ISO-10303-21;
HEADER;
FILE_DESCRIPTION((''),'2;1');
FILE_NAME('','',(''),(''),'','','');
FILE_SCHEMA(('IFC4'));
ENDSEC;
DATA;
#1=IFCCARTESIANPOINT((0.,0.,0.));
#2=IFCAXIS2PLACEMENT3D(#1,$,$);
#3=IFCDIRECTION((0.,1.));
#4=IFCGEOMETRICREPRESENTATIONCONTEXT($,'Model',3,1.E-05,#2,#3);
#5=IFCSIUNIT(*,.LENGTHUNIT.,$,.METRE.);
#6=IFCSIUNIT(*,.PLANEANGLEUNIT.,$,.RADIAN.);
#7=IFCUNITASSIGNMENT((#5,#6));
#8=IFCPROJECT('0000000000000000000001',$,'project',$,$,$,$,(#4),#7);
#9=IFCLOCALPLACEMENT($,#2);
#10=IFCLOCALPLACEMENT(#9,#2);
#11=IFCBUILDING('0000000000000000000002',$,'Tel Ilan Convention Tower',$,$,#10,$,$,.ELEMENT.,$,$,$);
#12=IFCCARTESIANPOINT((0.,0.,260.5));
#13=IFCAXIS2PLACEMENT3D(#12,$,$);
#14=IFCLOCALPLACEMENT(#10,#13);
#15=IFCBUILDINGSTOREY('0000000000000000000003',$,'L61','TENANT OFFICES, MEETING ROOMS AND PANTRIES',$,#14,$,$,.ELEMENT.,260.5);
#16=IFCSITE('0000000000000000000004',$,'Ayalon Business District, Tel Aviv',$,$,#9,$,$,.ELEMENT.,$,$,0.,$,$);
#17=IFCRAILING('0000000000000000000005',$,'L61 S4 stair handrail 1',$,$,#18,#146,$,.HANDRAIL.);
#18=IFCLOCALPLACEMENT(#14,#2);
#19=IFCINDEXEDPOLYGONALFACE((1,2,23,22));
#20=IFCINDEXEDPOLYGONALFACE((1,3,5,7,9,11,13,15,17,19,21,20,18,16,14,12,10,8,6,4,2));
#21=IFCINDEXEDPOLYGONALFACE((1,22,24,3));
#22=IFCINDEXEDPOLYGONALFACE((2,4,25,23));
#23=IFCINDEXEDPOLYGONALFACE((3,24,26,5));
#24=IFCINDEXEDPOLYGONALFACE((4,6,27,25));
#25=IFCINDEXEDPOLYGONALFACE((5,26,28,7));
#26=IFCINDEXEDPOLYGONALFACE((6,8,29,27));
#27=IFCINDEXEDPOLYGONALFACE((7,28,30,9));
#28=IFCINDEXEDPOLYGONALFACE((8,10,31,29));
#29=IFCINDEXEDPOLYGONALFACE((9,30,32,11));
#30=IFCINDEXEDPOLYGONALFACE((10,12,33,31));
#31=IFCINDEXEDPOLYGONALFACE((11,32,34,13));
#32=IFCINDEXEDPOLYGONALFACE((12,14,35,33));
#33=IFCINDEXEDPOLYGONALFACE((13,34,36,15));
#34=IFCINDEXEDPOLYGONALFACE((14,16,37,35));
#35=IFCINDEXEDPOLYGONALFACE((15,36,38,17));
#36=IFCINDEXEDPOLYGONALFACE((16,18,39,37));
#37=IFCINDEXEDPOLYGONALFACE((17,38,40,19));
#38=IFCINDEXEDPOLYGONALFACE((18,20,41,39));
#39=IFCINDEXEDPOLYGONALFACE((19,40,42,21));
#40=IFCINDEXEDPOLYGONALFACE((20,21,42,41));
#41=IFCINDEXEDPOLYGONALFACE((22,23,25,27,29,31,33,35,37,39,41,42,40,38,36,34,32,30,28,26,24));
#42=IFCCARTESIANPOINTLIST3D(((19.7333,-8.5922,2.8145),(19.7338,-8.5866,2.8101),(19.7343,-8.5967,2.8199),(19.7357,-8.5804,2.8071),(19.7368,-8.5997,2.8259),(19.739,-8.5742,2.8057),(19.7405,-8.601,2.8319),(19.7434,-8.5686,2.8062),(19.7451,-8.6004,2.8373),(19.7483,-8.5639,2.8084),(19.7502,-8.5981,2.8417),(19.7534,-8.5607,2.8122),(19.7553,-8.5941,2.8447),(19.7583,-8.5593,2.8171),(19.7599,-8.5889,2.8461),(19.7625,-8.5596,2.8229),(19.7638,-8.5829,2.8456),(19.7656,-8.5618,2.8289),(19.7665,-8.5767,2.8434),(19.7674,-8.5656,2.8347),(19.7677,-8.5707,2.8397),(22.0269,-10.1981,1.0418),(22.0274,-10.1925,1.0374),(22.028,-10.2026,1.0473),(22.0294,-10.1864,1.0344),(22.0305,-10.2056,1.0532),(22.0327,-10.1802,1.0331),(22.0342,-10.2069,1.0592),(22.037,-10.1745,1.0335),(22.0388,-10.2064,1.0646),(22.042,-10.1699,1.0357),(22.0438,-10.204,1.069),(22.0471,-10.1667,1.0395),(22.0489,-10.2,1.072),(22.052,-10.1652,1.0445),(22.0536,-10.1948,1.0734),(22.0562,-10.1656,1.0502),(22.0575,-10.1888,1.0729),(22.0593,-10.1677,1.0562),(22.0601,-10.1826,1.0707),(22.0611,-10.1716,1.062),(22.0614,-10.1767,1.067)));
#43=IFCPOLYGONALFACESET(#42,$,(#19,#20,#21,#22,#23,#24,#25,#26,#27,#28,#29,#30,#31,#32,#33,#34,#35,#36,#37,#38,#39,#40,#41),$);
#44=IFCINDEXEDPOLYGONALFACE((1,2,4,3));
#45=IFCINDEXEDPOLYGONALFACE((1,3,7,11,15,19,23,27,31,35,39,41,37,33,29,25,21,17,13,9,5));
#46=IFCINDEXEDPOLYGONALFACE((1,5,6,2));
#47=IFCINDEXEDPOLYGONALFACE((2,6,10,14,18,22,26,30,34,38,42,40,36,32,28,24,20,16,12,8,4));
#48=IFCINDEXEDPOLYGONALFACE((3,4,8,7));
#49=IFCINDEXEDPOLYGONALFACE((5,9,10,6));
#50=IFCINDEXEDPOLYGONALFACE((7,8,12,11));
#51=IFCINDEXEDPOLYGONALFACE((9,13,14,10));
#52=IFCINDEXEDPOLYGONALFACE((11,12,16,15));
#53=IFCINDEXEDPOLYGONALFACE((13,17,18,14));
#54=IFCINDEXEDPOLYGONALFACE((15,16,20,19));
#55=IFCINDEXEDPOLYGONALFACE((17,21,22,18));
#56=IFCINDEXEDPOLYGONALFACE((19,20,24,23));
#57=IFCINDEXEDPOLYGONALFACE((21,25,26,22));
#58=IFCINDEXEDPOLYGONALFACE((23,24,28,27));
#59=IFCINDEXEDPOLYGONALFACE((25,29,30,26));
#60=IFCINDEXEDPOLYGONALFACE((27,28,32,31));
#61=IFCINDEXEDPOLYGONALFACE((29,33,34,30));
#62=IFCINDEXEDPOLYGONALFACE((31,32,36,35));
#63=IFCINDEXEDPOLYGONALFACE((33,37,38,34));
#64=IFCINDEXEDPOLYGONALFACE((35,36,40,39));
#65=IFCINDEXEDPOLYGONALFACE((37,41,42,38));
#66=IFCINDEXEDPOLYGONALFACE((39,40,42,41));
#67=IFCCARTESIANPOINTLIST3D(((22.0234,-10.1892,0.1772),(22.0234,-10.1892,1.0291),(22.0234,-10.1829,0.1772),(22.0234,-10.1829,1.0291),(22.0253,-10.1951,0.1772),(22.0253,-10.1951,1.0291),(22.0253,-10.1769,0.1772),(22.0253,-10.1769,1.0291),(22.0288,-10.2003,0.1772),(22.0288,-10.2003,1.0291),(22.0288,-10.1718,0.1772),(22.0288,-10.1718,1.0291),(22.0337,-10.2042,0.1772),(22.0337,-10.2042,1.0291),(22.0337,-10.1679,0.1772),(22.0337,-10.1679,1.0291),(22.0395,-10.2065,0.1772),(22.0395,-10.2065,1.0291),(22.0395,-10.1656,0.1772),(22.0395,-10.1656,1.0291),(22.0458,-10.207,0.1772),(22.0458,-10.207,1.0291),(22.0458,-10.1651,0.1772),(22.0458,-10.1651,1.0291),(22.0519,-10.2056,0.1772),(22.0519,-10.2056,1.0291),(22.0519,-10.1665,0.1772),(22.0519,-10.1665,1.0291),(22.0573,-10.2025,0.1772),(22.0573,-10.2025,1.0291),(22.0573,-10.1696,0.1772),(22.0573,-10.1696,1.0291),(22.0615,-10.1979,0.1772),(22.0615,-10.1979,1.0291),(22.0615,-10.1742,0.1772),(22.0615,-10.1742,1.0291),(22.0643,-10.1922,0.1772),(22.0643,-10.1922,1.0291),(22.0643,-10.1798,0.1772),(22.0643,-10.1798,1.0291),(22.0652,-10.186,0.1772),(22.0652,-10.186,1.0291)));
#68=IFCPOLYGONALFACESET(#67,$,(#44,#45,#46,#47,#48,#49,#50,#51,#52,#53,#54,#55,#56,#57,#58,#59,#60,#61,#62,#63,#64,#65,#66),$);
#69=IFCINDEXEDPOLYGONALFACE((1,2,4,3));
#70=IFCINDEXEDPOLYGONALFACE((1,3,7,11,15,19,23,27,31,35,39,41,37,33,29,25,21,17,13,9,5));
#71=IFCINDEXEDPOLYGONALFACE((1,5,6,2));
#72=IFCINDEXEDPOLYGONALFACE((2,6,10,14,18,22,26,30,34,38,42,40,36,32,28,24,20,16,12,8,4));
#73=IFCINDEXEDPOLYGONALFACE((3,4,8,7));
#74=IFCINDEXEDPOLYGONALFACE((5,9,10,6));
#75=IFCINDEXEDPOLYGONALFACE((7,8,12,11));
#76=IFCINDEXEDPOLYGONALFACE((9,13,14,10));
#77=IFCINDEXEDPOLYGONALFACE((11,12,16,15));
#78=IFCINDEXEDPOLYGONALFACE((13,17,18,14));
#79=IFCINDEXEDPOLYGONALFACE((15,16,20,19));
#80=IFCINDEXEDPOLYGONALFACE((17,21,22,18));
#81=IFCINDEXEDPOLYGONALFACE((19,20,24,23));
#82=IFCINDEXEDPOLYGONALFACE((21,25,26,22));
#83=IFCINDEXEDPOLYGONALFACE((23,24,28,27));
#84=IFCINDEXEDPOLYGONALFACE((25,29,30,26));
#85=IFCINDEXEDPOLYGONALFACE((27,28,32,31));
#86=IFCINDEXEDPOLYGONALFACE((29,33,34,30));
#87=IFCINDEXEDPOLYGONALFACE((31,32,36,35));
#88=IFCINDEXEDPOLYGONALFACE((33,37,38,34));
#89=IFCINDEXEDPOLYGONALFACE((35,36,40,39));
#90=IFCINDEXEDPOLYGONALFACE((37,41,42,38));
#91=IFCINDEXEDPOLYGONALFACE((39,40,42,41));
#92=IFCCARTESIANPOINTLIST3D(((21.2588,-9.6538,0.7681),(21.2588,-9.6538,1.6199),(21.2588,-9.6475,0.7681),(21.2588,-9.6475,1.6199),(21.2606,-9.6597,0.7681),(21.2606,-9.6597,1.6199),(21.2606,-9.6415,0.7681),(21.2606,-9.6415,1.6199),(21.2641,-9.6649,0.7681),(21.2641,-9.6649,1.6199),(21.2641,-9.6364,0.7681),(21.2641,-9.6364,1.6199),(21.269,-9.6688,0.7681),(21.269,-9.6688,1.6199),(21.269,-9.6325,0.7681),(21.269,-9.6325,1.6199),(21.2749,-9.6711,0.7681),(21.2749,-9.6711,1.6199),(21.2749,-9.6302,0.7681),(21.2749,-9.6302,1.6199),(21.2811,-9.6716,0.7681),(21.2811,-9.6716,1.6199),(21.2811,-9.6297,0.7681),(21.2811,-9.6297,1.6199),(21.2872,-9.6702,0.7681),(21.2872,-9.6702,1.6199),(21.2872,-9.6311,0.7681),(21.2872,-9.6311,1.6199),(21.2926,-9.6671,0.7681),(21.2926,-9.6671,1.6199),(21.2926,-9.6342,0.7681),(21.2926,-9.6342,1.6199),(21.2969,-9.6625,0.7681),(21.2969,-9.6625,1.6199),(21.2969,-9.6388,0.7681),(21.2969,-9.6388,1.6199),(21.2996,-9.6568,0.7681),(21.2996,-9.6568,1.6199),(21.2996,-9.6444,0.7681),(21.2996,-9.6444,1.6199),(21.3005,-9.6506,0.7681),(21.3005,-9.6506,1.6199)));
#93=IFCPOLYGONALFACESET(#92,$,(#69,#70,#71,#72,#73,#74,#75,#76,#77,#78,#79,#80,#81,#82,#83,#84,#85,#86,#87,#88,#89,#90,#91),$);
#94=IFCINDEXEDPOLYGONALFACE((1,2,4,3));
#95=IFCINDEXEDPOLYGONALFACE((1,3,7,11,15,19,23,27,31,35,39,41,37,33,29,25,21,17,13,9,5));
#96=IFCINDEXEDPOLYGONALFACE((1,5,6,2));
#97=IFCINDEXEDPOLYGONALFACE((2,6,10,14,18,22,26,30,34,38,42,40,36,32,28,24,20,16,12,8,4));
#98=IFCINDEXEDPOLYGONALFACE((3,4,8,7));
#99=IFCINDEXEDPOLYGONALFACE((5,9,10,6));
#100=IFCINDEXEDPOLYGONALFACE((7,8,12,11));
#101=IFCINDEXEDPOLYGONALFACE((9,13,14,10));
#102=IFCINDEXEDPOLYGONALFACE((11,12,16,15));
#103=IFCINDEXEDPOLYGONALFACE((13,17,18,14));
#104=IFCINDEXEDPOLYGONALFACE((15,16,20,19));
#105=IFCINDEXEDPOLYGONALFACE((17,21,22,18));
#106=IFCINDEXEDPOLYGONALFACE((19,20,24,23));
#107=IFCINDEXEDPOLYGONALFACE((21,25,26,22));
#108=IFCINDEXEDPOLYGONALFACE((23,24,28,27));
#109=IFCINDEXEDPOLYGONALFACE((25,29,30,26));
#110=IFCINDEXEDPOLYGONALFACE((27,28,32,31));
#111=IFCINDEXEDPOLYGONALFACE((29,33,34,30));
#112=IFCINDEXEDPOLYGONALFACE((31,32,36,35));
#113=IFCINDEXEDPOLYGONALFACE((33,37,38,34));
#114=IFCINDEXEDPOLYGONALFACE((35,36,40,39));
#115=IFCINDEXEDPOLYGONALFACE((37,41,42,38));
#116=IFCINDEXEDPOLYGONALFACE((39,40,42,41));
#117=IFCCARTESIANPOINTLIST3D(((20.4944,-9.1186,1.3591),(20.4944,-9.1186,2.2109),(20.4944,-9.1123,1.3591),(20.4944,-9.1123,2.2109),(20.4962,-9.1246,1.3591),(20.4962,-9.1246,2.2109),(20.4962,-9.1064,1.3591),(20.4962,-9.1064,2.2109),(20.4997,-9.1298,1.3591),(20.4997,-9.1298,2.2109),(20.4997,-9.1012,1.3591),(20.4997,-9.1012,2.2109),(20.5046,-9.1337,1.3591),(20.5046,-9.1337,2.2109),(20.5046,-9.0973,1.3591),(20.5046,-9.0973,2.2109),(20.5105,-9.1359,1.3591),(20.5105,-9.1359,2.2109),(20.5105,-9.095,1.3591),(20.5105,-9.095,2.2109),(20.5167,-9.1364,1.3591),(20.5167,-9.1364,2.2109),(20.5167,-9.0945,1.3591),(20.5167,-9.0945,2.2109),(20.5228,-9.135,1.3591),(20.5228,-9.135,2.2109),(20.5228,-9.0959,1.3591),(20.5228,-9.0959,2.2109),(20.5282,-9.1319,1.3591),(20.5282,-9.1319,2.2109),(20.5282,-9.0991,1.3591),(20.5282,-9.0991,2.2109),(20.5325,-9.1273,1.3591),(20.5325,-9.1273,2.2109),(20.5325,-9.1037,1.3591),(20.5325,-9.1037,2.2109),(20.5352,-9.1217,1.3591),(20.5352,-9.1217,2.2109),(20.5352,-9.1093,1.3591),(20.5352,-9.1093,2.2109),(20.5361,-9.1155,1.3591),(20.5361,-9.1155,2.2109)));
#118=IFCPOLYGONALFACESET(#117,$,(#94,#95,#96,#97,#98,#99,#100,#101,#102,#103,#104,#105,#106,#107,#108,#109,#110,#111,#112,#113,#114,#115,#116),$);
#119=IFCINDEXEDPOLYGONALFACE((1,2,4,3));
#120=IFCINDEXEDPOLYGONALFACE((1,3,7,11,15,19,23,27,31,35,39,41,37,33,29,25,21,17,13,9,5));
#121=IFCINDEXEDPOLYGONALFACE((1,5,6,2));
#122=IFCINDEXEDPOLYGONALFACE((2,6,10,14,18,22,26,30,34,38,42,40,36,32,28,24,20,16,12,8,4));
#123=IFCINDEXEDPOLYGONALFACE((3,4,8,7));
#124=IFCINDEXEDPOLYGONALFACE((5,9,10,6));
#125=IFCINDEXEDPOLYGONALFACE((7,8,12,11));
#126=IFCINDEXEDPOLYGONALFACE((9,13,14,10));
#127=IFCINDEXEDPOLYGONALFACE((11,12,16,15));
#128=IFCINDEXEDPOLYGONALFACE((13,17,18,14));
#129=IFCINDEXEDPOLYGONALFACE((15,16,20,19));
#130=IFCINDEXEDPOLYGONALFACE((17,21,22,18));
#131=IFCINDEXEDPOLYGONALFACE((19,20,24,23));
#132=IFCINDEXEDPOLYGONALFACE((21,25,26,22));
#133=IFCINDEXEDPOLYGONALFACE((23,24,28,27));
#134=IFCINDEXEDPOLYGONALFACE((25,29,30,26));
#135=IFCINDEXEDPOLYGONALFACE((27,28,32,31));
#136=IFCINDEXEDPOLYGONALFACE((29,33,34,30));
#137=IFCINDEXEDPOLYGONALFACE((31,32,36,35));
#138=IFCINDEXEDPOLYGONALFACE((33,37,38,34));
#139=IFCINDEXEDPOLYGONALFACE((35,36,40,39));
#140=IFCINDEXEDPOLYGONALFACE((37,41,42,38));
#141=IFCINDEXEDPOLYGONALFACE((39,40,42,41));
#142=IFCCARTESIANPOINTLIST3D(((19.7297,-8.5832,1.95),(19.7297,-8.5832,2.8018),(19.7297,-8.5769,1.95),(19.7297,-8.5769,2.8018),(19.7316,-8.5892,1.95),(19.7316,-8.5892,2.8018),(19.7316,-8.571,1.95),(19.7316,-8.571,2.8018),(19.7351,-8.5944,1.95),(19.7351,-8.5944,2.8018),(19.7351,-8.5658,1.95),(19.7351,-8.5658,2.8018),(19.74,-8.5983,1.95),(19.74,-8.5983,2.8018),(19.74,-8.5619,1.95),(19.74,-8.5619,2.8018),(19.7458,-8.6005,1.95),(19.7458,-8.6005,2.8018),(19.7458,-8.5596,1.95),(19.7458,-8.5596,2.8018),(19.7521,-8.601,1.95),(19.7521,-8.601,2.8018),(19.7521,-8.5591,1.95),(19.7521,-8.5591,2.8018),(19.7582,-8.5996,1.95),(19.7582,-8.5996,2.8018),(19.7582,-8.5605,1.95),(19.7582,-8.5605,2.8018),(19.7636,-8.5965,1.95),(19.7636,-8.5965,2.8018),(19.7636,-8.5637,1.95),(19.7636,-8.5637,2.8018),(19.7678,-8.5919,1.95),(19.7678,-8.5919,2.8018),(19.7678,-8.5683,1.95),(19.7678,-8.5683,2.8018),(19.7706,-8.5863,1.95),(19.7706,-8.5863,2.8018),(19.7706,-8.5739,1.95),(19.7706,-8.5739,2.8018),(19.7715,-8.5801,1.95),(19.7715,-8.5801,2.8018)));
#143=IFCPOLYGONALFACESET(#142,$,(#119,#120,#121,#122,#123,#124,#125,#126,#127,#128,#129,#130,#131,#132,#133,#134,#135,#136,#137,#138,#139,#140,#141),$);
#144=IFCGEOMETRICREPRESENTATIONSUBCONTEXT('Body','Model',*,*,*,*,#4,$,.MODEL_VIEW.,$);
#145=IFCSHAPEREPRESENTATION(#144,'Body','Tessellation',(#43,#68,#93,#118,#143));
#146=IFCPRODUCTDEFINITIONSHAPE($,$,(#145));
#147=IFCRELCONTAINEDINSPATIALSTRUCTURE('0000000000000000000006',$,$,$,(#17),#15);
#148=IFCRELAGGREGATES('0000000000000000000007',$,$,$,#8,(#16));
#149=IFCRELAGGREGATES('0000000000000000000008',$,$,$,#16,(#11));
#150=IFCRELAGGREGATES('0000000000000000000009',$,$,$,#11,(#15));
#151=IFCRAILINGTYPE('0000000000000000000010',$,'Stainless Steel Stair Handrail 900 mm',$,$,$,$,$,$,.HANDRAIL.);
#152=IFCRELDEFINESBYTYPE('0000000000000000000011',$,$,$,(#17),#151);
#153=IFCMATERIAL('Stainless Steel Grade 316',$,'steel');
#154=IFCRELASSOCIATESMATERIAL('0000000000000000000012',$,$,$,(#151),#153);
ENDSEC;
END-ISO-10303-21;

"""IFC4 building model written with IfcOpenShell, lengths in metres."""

from ifc_helpers import new_model, si_unit, direction, frame, origin, origin_2d, place, context, subcontext, project, spatial, circle, extrude, material, type_object, element, save


model = new_model("IFC4")

# Units and contexts
model_context = context("Model", 3, precision=1e-05, world=origin(), true_north=direction((0.0, 1.0)))
body_context = subcontext(model_context, "Body", "Model", "MODEL_VIEW")
ifc_project = project(units=[si_unit("LENGTHUNIT", "METRE"), si_unit("PLANEANGLEUNIT", "RADIAN")], contexts=[model_context])

# Site, building, storey
site_placement = place(None, origin())
site = spatial("IfcSite", under=ifc_project, at=site_placement, Name="Ayalon Business District, Tel Aviv", CompositionType="ELEMENT", RefElevation=0.0)
building_placement = place(site_placement, origin())
building = spatial("IfcBuilding", under=site, at=building_placement, Name="Tel Ilan Convention Tower", CompositionType="ELEMENT")
storey_placement = place(building_placement, frame((0.0, 0.0, 260.5)))
storey = spatial("IfcBuildingStorey", under=building, at=storey_placement, Name="L61", Description="TENANT OFFICES, MEETING ROOMS AND PANTRIES", CompositionType="ELEMENT", Elevation=260.5)

# Railing
ifc_material_1 = material(Name="Stainless Steel Grade 316", Category="steel")
railing_type_1 = type_object("IfcRailingType", Name="Stainless Steel Stair Handrail 900 mm", PredefinedType="HANDRAIL", material=ifc_material_1)
railing_1_placement = place(storey_placement, frame((22.0442, -10.186, 0.1772)))
element("IfcRailing", 1, at=railing_1_placement, inside=storey, type_object=railing_type_1, Name="L61 S4 stair handrail 1", PredefinedType="HANDRAIL", context=body_context, shape_type="SweptSolid", body=[
    extrude(circle(Radius=0.0239, at=origin_2d()), frame((0.0, 0.0, 0.876), z_axis=(-0.692123, 0.484597, 0.534913), x_axis=(-0.57355, -0.81917, 0.0)), (0.0, 0.0, 1.0), 3.314),
    extrude(circle(Radius=0.021, at=origin_2d()), origin(), (0.0, 0.0, 1.0), 0.8518),
    extrude(circle(Radius=0.021, at=origin_2d()), frame((-0.7646, 0.5354, 0.5908)), (0.0, 0.0, 1.0), 0.8518),
    extrude(circle(Radius=0.021, at=origin_2d()), frame((-1.5291, 1.0706, 1.1819)), (0.0, 0.0, 1.0), 0.8518),
    extrude(circle(Radius=0.021, at=origin_2d()), frame((-2.2937, 1.606, 1.7727)), (0.0, 0.0, 1.0), 0.8518),
])

save(model, "model.ifc")
